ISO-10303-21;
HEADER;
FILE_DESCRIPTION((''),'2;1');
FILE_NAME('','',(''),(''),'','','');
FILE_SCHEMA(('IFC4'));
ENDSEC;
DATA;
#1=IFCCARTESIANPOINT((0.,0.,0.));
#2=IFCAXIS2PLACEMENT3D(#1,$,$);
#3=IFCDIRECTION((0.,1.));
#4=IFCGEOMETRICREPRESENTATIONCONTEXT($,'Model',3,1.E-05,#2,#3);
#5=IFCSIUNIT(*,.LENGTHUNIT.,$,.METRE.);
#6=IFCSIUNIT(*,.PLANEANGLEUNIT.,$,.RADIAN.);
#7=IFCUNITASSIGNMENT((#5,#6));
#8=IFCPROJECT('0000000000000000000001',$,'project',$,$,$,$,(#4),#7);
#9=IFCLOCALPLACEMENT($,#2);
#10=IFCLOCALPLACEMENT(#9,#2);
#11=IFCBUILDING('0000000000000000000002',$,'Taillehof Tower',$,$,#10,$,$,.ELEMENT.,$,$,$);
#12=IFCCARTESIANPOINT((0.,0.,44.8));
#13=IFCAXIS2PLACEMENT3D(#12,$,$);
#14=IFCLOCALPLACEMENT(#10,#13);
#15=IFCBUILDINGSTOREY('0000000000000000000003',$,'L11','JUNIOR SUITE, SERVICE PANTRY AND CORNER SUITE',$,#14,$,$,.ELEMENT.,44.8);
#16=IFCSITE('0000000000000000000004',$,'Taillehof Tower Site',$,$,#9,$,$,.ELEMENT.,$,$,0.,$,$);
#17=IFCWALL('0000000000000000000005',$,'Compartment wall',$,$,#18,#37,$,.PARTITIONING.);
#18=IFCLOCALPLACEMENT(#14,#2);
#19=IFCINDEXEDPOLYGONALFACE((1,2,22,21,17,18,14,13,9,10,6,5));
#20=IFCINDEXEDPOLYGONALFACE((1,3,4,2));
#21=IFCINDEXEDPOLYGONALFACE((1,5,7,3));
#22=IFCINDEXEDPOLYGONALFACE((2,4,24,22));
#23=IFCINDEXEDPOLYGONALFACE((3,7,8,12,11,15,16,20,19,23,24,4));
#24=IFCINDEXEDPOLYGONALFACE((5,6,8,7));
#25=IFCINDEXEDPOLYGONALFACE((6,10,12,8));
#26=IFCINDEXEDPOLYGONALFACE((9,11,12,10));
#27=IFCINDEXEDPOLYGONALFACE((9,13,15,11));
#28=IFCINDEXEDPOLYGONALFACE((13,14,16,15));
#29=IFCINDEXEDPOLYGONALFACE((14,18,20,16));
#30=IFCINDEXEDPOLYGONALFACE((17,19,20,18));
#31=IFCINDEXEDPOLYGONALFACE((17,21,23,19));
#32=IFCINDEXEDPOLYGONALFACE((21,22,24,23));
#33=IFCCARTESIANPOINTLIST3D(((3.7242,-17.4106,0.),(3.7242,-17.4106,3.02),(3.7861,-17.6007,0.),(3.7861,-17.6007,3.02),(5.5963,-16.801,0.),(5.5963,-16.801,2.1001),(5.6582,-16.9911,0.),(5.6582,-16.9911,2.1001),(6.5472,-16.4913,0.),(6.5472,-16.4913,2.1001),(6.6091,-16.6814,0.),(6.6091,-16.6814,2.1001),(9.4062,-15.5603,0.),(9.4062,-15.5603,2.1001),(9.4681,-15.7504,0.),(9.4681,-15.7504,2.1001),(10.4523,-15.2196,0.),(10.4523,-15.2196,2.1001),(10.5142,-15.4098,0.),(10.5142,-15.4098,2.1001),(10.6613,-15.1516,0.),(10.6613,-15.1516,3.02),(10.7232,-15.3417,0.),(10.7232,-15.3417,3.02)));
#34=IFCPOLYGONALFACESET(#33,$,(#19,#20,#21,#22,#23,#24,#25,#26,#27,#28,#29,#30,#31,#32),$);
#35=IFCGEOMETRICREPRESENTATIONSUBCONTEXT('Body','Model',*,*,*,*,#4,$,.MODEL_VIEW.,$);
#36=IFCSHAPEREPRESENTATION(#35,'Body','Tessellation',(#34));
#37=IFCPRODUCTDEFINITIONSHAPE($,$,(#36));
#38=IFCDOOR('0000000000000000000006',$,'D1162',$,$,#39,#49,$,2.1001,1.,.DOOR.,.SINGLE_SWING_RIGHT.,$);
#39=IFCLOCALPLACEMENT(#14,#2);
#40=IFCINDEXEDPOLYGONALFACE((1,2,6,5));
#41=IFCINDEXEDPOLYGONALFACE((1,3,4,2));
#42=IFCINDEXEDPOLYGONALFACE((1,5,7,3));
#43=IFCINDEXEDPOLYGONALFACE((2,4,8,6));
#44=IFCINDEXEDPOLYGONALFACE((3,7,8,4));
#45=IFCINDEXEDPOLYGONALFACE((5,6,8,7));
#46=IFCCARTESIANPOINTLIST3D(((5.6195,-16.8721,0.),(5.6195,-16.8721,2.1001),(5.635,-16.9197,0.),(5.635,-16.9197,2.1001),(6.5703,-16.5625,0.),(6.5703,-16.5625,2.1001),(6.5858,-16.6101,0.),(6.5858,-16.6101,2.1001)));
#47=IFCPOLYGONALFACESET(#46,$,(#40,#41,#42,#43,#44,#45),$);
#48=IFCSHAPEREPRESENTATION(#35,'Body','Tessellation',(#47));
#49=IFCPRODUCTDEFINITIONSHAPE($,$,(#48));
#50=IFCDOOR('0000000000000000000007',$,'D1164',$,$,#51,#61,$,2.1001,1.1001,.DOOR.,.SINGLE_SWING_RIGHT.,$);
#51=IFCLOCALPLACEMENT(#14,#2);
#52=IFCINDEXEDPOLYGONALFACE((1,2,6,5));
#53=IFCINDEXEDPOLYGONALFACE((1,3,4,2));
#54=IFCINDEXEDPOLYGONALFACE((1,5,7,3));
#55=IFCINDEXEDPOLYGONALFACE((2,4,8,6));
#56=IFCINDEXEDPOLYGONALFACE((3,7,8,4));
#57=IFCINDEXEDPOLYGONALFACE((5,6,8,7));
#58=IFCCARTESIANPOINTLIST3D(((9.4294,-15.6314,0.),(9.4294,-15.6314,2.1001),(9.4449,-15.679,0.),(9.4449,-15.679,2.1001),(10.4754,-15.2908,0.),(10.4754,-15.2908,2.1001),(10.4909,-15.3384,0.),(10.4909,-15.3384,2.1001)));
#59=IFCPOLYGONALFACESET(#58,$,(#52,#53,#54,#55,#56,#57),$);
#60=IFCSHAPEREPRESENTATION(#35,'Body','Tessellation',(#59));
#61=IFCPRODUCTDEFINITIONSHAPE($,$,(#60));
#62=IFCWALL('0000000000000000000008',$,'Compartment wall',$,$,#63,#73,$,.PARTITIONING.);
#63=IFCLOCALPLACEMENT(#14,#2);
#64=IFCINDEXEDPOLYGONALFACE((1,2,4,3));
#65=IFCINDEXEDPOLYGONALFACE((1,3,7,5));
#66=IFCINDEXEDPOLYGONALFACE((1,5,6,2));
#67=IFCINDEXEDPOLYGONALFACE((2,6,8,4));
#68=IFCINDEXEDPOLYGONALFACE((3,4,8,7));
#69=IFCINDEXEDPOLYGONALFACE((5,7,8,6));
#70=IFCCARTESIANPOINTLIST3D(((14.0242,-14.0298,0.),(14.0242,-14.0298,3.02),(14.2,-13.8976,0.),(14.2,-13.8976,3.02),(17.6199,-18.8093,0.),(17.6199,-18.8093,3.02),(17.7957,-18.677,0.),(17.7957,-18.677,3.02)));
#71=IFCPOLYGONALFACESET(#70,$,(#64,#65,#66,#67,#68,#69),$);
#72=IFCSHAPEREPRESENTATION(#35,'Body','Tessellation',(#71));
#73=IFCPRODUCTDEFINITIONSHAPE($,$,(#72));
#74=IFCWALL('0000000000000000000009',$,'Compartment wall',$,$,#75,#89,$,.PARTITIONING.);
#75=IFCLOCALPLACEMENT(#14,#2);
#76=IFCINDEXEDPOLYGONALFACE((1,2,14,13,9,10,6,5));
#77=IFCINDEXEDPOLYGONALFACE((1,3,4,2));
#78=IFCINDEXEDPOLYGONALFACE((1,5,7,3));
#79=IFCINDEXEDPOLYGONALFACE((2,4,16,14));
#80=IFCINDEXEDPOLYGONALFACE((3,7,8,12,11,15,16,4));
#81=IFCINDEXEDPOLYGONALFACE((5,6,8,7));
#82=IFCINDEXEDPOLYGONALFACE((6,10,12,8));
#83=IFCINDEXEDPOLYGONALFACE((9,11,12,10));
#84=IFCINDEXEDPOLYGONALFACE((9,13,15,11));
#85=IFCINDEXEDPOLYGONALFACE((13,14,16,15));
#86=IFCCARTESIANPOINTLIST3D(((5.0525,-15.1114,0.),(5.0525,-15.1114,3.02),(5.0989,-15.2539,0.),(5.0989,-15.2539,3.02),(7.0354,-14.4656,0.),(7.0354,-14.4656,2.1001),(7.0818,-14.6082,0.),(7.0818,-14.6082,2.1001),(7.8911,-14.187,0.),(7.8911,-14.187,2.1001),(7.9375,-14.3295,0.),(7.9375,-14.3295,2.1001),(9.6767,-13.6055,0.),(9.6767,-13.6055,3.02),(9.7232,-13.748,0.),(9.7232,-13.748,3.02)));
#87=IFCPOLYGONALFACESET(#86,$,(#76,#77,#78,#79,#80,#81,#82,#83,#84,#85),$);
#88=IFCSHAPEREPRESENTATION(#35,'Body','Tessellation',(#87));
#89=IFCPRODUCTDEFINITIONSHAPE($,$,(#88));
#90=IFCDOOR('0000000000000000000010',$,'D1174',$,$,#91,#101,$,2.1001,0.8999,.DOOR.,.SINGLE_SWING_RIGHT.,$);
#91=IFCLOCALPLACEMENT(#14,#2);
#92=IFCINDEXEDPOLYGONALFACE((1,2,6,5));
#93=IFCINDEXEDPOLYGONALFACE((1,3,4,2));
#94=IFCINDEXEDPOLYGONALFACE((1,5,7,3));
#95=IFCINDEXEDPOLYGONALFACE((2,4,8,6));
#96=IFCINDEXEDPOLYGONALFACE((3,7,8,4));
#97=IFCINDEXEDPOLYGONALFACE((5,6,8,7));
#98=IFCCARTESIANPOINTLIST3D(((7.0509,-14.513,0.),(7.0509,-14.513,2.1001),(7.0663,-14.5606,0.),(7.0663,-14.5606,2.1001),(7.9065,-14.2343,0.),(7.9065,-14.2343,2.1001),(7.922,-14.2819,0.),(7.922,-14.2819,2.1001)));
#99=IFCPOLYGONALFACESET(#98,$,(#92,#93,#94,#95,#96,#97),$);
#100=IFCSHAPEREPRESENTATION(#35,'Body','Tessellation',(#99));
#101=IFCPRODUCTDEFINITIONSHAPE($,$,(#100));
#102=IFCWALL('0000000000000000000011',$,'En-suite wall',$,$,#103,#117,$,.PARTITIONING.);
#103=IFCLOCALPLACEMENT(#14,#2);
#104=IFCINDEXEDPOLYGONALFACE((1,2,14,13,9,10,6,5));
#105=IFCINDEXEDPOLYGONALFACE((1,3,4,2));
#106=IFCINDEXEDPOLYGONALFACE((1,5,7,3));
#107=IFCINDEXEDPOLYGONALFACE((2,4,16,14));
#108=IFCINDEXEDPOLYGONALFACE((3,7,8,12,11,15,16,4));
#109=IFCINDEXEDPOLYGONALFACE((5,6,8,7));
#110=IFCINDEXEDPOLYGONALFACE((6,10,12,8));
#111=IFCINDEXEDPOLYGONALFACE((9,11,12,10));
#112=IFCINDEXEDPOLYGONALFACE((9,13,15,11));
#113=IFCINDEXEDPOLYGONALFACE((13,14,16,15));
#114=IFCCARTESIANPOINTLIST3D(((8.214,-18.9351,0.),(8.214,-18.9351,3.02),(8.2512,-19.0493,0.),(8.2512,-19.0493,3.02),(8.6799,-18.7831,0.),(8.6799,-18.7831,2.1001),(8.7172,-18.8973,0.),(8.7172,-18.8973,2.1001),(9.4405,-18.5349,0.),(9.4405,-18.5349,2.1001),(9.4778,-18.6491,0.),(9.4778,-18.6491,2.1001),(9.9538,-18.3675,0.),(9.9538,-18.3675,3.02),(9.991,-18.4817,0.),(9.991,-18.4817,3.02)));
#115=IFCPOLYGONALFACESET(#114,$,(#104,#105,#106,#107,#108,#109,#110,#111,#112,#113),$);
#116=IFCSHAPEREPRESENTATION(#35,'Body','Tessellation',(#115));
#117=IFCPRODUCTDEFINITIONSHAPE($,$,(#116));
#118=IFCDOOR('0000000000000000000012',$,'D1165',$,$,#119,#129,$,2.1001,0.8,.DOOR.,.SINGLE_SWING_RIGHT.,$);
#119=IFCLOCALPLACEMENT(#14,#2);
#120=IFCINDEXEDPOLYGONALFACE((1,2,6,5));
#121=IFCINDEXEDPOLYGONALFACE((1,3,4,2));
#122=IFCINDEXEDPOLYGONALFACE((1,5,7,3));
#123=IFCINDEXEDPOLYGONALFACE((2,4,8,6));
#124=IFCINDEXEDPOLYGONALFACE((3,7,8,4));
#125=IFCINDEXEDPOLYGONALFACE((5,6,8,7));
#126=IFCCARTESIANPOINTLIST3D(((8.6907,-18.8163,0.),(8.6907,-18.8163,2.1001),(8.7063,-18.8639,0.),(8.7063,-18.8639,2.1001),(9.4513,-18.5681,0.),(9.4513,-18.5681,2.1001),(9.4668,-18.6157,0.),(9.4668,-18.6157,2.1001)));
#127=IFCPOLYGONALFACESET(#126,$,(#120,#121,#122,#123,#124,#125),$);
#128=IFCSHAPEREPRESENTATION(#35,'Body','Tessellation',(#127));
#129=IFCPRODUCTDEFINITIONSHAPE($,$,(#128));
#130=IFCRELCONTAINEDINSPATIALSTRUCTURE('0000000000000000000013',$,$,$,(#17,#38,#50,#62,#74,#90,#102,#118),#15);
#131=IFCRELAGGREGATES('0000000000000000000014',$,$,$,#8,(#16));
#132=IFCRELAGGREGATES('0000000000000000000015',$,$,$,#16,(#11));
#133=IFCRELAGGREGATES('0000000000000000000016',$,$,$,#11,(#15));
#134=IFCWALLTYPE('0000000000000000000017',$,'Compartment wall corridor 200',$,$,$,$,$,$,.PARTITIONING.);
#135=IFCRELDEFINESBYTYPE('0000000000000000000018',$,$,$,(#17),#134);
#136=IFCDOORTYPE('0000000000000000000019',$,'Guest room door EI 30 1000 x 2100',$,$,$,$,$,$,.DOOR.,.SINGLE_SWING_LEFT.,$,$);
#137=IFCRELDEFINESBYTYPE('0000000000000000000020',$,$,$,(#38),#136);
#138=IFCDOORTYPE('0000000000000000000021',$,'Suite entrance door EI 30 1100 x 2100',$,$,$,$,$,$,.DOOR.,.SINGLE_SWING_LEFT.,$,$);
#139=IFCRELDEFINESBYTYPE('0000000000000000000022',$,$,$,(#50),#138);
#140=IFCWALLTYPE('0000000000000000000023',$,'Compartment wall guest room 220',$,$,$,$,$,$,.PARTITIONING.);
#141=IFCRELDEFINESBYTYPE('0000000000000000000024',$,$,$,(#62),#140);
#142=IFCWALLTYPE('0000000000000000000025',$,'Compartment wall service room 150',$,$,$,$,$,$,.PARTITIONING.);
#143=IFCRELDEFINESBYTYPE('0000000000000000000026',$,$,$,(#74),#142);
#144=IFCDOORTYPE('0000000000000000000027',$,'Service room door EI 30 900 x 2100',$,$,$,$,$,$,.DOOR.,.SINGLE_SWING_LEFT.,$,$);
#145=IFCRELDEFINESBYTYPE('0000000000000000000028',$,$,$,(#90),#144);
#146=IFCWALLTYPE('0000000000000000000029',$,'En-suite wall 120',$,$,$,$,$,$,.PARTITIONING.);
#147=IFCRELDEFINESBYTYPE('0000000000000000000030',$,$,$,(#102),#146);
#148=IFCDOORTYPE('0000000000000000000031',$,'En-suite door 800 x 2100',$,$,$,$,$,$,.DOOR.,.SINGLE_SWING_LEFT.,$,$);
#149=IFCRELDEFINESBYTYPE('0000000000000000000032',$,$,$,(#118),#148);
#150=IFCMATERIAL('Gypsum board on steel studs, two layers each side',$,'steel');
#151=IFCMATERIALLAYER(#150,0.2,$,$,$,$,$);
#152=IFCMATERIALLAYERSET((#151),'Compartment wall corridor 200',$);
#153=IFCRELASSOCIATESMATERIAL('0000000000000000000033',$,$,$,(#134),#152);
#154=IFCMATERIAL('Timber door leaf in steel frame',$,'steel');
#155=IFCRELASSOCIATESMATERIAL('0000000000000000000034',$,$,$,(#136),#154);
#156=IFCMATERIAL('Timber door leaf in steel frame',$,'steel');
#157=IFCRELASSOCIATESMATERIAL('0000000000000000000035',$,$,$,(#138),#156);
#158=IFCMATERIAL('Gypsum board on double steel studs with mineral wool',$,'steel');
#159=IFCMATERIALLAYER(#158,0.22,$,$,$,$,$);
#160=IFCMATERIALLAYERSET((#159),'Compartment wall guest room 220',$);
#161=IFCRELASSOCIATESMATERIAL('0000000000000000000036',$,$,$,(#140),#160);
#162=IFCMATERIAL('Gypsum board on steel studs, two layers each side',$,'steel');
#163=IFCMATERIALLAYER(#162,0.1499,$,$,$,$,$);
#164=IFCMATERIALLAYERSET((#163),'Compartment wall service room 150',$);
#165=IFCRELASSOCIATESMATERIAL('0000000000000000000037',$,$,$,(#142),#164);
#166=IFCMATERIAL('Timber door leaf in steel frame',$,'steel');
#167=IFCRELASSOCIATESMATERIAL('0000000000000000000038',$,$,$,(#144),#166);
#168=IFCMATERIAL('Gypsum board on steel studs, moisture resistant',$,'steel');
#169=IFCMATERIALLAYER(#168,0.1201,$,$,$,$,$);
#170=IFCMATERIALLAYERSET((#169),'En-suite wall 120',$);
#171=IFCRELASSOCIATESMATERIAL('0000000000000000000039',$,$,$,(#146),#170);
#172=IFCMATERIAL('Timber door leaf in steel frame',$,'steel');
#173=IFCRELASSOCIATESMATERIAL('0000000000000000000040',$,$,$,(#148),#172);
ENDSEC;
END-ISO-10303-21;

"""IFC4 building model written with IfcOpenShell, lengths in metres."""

from ifc_helpers import new_model, si_unit, direction, frame, frame_2d, origin, place, context, subcontext, project, spatial, rectangle, extrude, material, layer, layer_set, type_object, element, fill, save


model = new_model("IFC4")

# Units and contexts
model_context = context("Model", 3, precision=1e-05, world=origin(), true_north=direction((0.0, 1.0)))
body_context = subcontext(model_context, "Body", "Model", "MODEL_VIEW")
ifc_project = project(units=[si_unit("LENGTHUNIT", "METRE"), si_unit("PLANEANGLEUNIT", "RADIAN")], contexts=[model_context])

# Site, building, storey
site_placement = place(None, origin())
site = spatial("IfcSite", under=ifc_project, at=site_placement, Name="Taillehof Tower Site", CompositionType="ELEMENT", RefElevation=0.0)
building_placement = place(site_placement, origin())
building = spatial("IfcBuilding", under=site, at=building_placement, Name="Taillehof Tower", CompositionType="ELEMENT")
storey_placement = place(building_placement, frame((0.0, 0.0, 44.8)))
storey = spatial("IfcBuildingStorey", under=building, at=storey_placement, Name="L11", Description="JUNIOR SUITE, SERVICE PANTRY AND CORNER SUITE", CompositionType="ELEMENT", Elevation=44.8)

# Shared definitions
ifc_material_1 = material(Name="Gypsum board on steel studs, two layers each side", Category="steel")
ifc_layer_1 = layer(ifc_material_1, 0.2)
ifc_layer_set_1 = layer_set([ifc_layer_1], Name="Compartment wall corridor 200")
wall_type_1 = type_object("IfcWallType", Name="Compartment wall corridor 200", PredefinedType="PARTITIONING", material=ifc_layer_set_1)

# Wall, openings, doors
wall_1_placement = place(storey_placement, frame((10.6924, -15.2466, 0.0), z_axis=(0.0, 0.0, 1.0), x_axis=(-0.950852, -0.309644, 0.0)))
wall_1 = element("IfcWall", 1, at=wall_1_placement, inside=storey, type_object=wall_type_1, Name="Compartment wall", PredefinedType="PARTITIONING", context=body_context, shape_type="SweptSolid", body=[
    extrude(rectangle(XDim=7.2957, YDim=0.2, at=frame_2d((3.6479, 0.0))), origin(), (0.0, 0.0, 1.0), 3.02),
])
opening_1_placement = place(wall_1_placement, frame((4.3269, 0.0, 0.0)))
opening_1 = element("IfcOpeningElement", 2, at=opening_1_placement, cuts=wall_1, PredefinedType="OPENING", context=body_context, shape_type="SweptSolid", body=[
    extrude(rectangle(XDim=1.0, YDim=2.1001, at=frame_2d((0.5, 1.05))), frame((0.0, 0.1099, 0.0), z_axis=(0.0, -1.0, 0.0), x_axis=(1.0, 0.0, 0.0)), (0.0, 0.0, 1.0), 0.22),
])
opening_2_placement = place(wall_1_placement, frame((0.22, 0.0, 0.0)))
opening_2 = element("IfcOpeningElement", 3, at=opening_2_placement, cuts=wall_1, PredefinedType="OPENING", context=body_context, shape_type="SweptSolid", body=[
    extrude(rectangle(XDim=1.1001, YDim=2.1001, at=frame_2d((0.55, 1.05))), frame((0.0, 0.1099, 0.0), z_axis=(0.0, -1.0, 0.0), x_axis=(1.0, 0.0, 0.0)), (0.0, 0.0, 1.0), 0.22),
])
ifc_material_2 = material(Name="Timber door leaf in steel frame", Category="steel")
door_type_1 = type_object("IfcDoorType", Name="Guest room door EI 30 1000 x 2100", OperationType="SINGLE_SWING_LEFT", PredefinedType="DOOR", material=ifc_material_2)
door_1_placement = place(opening_1_placement, origin())
door_1 = element("IfcDoor", 4, at=door_1_placement, inside=storey, type_object=door_type_1, Name="D1162", OperationType="SINGLE_SWING_RIGHT", OverallHeight=2.1001, OverallWidth=1.0, PredefinedType="DOOR", context=body_context, shape_type="SweptSolid", body=[
    extrude(rectangle(XDim=1.0, YDim=2.1001, at=frame_2d((0.5, 1.05))), frame((0.0, 0.0249, 0.0), z_axis=(0.0, -1.0, 0.0), x_axis=(1.0, 0.0, 0.0)), (0.0, 0.0, 1.0), 0.05),
])
fill(opening_1, door_1)
ifc_material_3 = material(Name="Timber door leaf in steel frame", Category="steel")
door_type_2 = type_object("IfcDoorType", Name="Suite entrance door EI 30 1100 x 2100", OperationType="SINGLE_SWING_LEFT", PredefinedType="DOOR", material=ifc_material_3)
door_2_placement = place(opening_2_placement, origin())
door_2 = element("IfcDoor", 5, at=door_2_placement, inside=storey, type_object=door_type_2, Name="D1164", OperationType="SINGLE_SWING_RIGHT", OverallHeight=2.1001, OverallWidth=1.1001, PredefinedType="DOOR", context=body_context, shape_type="SweptSolid", body=[
    extrude(rectangle(XDim=1.1001, YDim=2.1001, at=frame_2d((0.55, 1.05))), frame((0.0, 0.0249, 0.0), z_axis=(0.0, -1.0, 0.0), x_axis=(1.0, 0.0, 0.0)), (0.0, 0.0, 1.0), 0.05),
])
fill(opening_2, door_2)

# Wall
ifc_material_4 = material(Name="Gypsum board on double steel studs with mineral wool", Category="steel")
ifc_layer_2 = layer(ifc_material_4, 0.22)
ifc_layer_set_2 = layer_set([ifc_layer_2], Name="Compartment wall guest room 220")
wall_type_2 = type_object("IfcWallType", Name="Compartment wall guest room 220", PredefinedType="PARTITIONING", material=ifc_layer_set_2)
wall_2_placement = place(storey_placement, frame((17.7078, -18.7432, 0.0), z_axis=(0.0, 0.0, 1.0), x_axis=(-0.601181, 0.799113, 0.0)))
element("IfcWall", 6, at=wall_2_placement, inside=storey, type_object=wall_type_2, Name="Compartment wall", PredefinedType="PARTITIONING", context=body_context, shape_type="SweptSolid", body=[
    extrude(rectangle(XDim=5.981, YDim=0.22, at=frame_2d((2.9905, 0.0))), origin(), (0.0, 0.0, 1.0), 3.02),
])

# Walls, openings, doors
ifc_material_5 = material(Name="Gypsum board on steel studs, two layers each side", Category="steel")
ifc_layer_3 = layer(ifc_material_5, 0.1499)
ifc_layer_set_3 = layer_set([ifc_layer_3], Name="Compartment wall service room 150")
wall_type_3 = type_object("IfcWallType", Name="Compartment wall service room 150", PredefinedType="PARTITIONING", material=ifc_layer_set_3)
wall_3_placement = place(storey_placement, frame((9.7, -13.6768, 0.0), z_axis=(0.0, 0.0, 1.0), x_axis=(-0.950854, -0.309639, 0.0)))
wall_3 = element("IfcWall", 7, at=wall_3_placement, inside=storey, type_object=wall_type_3, Name="Compartment wall", PredefinedType="PARTITIONING", context=body_context, shape_type="SweptSolid", body=[
    extrude(rectangle(XDim=4.8633, YDim=0.1499, at=frame_2d((2.4316, 0.0))), origin(), (0.0, 0.0, 1.0), 3.02),
])
opening_3_placement = place(wall_3_placement, frame((1.8779, 0.0, 0.0)))
opening_3 = element("IfcOpeningElement", 8, at=opening_3_placement, cuts=wall_3, PredefinedType="OPENING", context=body_context, shape_type="SweptSolid", body=[
    extrude(rectangle(XDim=0.8999, YDim=2.1001, at=frame_2d((0.45, 1.05))), frame((0.0, 0.085, 0.0), z_axis=(0.0, -1.0, 0.0), x_axis=(1.0, 0.0, 0.0)), (0.0, 0.0, 1.0), 0.1699),
])
ifc_material_6 = material(Name="Timber door leaf in steel frame", Category="steel")
door_type_3 = type_object("IfcDoorType", Name="Service room door EI 30 900 x 2100", OperationType="SINGLE_SWING_LEFT", PredefinedType="DOOR", material=ifc_material_6)
door_3_placement = place(opening_3_placement, origin())
door_3 = element("IfcDoor", 9, at=door_3_placement, inside=storey, type_object=door_type_3, Name="D1174", OperationType="SINGLE_SWING_RIGHT", OverallHeight=2.1001, OverallWidth=0.8999, PredefinedType="DOOR", context=body_context, shape_type="SweptSolid", body=[
    extrude(rectangle(XDim=0.8999, YDim=2.1001, at=frame_2d((0.45, 1.05))), frame((0.0, 0.0249, 0.0), z_axis=(0.0, -1.0, 0.0), x_axis=(1.0, 0.0, 0.0)), (0.0, 0.0, 1.0), 0.05),
])
fill(opening_3, door_3)
ifc_material_7 = material(Name="Gypsum board on steel studs, moisture resistant", Category="steel")
ifc_layer_4 = layer(ifc_material_7, 0.1201)
ifc_layer_set_4 = layer_set([ifc_layer_4], Name="En-suite wall 120")
wall_type_4 = type_object("IfcWallType", Name="En-suite wall 120", PredefinedType="PARTITIONING", material=ifc_layer_set_4)
wall_4_placement = place(storey_placement, frame((9.9724, -18.4246, 0.0), z_axis=(0.0, 0.0, 1.0), x_axis=(-0.950679, -0.310178, 0.0)))
wall_4 = element("IfcWall", 10, at=wall_4_placement, inside=storey, type_object=wall_type_4, Name="En-suite wall", PredefinedType="PARTITIONING", context=body_context, shape_type="SweptSolid", body=[
    extrude(rectangle(XDim=1.8301, YDim=0.1201, at=frame_2d((0.915, 0.0))), origin(), (0.0, 0.0, 1.0), 3.02),
])
opening_4_placement = place(wall_4_placement, frame((0.54, 0.0, 0.0)))
opening_4 = element("IfcOpeningElement", 11, at=opening_4_placement, cuts=wall_4, PredefinedType="OPENING", context=body_context, shape_type="SweptSolid", body=[
    extrude(rectangle(XDim=0.8, YDim=2.1001, at=frame_2d((0.3999, 1.05))), frame((0.0, 0.0701, 0.0), z_axis=(0.0, -1.0, 0.0), x_axis=(1.0, 0.0, 0.0)), (0.0, 0.0, 1.0), 0.1401),
])
ifc_material_8 = material(Name="Timber door leaf in steel frame", Category="steel")
door_type_4 = type_object("IfcDoorType", Name="En-suite door 800 x 2100", OperationType="SINGLE_SWING_LEFT", PredefinedType="DOOR", material=ifc_material_8)
door_4_placement = place(opening_4_placement, origin())
door_4 = element("IfcDoor", 12, at=door_4_placement, inside=storey, type_object=door_type_4, Name="D1165", OperationType="SINGLE_SWING_RIGHT", OverallHeight=2.1001, OverallWidth=0.8, PredefinedType="DOOR", context=body_context, shape_type="SweptSolid", body=[
    extrude(rectangle(XDim=0.8, YDim=2.1001, at=frame_2d((0.3999, 1.05))), frame((0.0, 0.0249, 0.0), z_axis=(0.0, -1.0, 0.0), x_axis=(1.0, 0.0, 0.0)), (0.0, 0.0, 1.0), 0.05),
])
fill(opening_4, door_4)

save(model, "model.ifc")
